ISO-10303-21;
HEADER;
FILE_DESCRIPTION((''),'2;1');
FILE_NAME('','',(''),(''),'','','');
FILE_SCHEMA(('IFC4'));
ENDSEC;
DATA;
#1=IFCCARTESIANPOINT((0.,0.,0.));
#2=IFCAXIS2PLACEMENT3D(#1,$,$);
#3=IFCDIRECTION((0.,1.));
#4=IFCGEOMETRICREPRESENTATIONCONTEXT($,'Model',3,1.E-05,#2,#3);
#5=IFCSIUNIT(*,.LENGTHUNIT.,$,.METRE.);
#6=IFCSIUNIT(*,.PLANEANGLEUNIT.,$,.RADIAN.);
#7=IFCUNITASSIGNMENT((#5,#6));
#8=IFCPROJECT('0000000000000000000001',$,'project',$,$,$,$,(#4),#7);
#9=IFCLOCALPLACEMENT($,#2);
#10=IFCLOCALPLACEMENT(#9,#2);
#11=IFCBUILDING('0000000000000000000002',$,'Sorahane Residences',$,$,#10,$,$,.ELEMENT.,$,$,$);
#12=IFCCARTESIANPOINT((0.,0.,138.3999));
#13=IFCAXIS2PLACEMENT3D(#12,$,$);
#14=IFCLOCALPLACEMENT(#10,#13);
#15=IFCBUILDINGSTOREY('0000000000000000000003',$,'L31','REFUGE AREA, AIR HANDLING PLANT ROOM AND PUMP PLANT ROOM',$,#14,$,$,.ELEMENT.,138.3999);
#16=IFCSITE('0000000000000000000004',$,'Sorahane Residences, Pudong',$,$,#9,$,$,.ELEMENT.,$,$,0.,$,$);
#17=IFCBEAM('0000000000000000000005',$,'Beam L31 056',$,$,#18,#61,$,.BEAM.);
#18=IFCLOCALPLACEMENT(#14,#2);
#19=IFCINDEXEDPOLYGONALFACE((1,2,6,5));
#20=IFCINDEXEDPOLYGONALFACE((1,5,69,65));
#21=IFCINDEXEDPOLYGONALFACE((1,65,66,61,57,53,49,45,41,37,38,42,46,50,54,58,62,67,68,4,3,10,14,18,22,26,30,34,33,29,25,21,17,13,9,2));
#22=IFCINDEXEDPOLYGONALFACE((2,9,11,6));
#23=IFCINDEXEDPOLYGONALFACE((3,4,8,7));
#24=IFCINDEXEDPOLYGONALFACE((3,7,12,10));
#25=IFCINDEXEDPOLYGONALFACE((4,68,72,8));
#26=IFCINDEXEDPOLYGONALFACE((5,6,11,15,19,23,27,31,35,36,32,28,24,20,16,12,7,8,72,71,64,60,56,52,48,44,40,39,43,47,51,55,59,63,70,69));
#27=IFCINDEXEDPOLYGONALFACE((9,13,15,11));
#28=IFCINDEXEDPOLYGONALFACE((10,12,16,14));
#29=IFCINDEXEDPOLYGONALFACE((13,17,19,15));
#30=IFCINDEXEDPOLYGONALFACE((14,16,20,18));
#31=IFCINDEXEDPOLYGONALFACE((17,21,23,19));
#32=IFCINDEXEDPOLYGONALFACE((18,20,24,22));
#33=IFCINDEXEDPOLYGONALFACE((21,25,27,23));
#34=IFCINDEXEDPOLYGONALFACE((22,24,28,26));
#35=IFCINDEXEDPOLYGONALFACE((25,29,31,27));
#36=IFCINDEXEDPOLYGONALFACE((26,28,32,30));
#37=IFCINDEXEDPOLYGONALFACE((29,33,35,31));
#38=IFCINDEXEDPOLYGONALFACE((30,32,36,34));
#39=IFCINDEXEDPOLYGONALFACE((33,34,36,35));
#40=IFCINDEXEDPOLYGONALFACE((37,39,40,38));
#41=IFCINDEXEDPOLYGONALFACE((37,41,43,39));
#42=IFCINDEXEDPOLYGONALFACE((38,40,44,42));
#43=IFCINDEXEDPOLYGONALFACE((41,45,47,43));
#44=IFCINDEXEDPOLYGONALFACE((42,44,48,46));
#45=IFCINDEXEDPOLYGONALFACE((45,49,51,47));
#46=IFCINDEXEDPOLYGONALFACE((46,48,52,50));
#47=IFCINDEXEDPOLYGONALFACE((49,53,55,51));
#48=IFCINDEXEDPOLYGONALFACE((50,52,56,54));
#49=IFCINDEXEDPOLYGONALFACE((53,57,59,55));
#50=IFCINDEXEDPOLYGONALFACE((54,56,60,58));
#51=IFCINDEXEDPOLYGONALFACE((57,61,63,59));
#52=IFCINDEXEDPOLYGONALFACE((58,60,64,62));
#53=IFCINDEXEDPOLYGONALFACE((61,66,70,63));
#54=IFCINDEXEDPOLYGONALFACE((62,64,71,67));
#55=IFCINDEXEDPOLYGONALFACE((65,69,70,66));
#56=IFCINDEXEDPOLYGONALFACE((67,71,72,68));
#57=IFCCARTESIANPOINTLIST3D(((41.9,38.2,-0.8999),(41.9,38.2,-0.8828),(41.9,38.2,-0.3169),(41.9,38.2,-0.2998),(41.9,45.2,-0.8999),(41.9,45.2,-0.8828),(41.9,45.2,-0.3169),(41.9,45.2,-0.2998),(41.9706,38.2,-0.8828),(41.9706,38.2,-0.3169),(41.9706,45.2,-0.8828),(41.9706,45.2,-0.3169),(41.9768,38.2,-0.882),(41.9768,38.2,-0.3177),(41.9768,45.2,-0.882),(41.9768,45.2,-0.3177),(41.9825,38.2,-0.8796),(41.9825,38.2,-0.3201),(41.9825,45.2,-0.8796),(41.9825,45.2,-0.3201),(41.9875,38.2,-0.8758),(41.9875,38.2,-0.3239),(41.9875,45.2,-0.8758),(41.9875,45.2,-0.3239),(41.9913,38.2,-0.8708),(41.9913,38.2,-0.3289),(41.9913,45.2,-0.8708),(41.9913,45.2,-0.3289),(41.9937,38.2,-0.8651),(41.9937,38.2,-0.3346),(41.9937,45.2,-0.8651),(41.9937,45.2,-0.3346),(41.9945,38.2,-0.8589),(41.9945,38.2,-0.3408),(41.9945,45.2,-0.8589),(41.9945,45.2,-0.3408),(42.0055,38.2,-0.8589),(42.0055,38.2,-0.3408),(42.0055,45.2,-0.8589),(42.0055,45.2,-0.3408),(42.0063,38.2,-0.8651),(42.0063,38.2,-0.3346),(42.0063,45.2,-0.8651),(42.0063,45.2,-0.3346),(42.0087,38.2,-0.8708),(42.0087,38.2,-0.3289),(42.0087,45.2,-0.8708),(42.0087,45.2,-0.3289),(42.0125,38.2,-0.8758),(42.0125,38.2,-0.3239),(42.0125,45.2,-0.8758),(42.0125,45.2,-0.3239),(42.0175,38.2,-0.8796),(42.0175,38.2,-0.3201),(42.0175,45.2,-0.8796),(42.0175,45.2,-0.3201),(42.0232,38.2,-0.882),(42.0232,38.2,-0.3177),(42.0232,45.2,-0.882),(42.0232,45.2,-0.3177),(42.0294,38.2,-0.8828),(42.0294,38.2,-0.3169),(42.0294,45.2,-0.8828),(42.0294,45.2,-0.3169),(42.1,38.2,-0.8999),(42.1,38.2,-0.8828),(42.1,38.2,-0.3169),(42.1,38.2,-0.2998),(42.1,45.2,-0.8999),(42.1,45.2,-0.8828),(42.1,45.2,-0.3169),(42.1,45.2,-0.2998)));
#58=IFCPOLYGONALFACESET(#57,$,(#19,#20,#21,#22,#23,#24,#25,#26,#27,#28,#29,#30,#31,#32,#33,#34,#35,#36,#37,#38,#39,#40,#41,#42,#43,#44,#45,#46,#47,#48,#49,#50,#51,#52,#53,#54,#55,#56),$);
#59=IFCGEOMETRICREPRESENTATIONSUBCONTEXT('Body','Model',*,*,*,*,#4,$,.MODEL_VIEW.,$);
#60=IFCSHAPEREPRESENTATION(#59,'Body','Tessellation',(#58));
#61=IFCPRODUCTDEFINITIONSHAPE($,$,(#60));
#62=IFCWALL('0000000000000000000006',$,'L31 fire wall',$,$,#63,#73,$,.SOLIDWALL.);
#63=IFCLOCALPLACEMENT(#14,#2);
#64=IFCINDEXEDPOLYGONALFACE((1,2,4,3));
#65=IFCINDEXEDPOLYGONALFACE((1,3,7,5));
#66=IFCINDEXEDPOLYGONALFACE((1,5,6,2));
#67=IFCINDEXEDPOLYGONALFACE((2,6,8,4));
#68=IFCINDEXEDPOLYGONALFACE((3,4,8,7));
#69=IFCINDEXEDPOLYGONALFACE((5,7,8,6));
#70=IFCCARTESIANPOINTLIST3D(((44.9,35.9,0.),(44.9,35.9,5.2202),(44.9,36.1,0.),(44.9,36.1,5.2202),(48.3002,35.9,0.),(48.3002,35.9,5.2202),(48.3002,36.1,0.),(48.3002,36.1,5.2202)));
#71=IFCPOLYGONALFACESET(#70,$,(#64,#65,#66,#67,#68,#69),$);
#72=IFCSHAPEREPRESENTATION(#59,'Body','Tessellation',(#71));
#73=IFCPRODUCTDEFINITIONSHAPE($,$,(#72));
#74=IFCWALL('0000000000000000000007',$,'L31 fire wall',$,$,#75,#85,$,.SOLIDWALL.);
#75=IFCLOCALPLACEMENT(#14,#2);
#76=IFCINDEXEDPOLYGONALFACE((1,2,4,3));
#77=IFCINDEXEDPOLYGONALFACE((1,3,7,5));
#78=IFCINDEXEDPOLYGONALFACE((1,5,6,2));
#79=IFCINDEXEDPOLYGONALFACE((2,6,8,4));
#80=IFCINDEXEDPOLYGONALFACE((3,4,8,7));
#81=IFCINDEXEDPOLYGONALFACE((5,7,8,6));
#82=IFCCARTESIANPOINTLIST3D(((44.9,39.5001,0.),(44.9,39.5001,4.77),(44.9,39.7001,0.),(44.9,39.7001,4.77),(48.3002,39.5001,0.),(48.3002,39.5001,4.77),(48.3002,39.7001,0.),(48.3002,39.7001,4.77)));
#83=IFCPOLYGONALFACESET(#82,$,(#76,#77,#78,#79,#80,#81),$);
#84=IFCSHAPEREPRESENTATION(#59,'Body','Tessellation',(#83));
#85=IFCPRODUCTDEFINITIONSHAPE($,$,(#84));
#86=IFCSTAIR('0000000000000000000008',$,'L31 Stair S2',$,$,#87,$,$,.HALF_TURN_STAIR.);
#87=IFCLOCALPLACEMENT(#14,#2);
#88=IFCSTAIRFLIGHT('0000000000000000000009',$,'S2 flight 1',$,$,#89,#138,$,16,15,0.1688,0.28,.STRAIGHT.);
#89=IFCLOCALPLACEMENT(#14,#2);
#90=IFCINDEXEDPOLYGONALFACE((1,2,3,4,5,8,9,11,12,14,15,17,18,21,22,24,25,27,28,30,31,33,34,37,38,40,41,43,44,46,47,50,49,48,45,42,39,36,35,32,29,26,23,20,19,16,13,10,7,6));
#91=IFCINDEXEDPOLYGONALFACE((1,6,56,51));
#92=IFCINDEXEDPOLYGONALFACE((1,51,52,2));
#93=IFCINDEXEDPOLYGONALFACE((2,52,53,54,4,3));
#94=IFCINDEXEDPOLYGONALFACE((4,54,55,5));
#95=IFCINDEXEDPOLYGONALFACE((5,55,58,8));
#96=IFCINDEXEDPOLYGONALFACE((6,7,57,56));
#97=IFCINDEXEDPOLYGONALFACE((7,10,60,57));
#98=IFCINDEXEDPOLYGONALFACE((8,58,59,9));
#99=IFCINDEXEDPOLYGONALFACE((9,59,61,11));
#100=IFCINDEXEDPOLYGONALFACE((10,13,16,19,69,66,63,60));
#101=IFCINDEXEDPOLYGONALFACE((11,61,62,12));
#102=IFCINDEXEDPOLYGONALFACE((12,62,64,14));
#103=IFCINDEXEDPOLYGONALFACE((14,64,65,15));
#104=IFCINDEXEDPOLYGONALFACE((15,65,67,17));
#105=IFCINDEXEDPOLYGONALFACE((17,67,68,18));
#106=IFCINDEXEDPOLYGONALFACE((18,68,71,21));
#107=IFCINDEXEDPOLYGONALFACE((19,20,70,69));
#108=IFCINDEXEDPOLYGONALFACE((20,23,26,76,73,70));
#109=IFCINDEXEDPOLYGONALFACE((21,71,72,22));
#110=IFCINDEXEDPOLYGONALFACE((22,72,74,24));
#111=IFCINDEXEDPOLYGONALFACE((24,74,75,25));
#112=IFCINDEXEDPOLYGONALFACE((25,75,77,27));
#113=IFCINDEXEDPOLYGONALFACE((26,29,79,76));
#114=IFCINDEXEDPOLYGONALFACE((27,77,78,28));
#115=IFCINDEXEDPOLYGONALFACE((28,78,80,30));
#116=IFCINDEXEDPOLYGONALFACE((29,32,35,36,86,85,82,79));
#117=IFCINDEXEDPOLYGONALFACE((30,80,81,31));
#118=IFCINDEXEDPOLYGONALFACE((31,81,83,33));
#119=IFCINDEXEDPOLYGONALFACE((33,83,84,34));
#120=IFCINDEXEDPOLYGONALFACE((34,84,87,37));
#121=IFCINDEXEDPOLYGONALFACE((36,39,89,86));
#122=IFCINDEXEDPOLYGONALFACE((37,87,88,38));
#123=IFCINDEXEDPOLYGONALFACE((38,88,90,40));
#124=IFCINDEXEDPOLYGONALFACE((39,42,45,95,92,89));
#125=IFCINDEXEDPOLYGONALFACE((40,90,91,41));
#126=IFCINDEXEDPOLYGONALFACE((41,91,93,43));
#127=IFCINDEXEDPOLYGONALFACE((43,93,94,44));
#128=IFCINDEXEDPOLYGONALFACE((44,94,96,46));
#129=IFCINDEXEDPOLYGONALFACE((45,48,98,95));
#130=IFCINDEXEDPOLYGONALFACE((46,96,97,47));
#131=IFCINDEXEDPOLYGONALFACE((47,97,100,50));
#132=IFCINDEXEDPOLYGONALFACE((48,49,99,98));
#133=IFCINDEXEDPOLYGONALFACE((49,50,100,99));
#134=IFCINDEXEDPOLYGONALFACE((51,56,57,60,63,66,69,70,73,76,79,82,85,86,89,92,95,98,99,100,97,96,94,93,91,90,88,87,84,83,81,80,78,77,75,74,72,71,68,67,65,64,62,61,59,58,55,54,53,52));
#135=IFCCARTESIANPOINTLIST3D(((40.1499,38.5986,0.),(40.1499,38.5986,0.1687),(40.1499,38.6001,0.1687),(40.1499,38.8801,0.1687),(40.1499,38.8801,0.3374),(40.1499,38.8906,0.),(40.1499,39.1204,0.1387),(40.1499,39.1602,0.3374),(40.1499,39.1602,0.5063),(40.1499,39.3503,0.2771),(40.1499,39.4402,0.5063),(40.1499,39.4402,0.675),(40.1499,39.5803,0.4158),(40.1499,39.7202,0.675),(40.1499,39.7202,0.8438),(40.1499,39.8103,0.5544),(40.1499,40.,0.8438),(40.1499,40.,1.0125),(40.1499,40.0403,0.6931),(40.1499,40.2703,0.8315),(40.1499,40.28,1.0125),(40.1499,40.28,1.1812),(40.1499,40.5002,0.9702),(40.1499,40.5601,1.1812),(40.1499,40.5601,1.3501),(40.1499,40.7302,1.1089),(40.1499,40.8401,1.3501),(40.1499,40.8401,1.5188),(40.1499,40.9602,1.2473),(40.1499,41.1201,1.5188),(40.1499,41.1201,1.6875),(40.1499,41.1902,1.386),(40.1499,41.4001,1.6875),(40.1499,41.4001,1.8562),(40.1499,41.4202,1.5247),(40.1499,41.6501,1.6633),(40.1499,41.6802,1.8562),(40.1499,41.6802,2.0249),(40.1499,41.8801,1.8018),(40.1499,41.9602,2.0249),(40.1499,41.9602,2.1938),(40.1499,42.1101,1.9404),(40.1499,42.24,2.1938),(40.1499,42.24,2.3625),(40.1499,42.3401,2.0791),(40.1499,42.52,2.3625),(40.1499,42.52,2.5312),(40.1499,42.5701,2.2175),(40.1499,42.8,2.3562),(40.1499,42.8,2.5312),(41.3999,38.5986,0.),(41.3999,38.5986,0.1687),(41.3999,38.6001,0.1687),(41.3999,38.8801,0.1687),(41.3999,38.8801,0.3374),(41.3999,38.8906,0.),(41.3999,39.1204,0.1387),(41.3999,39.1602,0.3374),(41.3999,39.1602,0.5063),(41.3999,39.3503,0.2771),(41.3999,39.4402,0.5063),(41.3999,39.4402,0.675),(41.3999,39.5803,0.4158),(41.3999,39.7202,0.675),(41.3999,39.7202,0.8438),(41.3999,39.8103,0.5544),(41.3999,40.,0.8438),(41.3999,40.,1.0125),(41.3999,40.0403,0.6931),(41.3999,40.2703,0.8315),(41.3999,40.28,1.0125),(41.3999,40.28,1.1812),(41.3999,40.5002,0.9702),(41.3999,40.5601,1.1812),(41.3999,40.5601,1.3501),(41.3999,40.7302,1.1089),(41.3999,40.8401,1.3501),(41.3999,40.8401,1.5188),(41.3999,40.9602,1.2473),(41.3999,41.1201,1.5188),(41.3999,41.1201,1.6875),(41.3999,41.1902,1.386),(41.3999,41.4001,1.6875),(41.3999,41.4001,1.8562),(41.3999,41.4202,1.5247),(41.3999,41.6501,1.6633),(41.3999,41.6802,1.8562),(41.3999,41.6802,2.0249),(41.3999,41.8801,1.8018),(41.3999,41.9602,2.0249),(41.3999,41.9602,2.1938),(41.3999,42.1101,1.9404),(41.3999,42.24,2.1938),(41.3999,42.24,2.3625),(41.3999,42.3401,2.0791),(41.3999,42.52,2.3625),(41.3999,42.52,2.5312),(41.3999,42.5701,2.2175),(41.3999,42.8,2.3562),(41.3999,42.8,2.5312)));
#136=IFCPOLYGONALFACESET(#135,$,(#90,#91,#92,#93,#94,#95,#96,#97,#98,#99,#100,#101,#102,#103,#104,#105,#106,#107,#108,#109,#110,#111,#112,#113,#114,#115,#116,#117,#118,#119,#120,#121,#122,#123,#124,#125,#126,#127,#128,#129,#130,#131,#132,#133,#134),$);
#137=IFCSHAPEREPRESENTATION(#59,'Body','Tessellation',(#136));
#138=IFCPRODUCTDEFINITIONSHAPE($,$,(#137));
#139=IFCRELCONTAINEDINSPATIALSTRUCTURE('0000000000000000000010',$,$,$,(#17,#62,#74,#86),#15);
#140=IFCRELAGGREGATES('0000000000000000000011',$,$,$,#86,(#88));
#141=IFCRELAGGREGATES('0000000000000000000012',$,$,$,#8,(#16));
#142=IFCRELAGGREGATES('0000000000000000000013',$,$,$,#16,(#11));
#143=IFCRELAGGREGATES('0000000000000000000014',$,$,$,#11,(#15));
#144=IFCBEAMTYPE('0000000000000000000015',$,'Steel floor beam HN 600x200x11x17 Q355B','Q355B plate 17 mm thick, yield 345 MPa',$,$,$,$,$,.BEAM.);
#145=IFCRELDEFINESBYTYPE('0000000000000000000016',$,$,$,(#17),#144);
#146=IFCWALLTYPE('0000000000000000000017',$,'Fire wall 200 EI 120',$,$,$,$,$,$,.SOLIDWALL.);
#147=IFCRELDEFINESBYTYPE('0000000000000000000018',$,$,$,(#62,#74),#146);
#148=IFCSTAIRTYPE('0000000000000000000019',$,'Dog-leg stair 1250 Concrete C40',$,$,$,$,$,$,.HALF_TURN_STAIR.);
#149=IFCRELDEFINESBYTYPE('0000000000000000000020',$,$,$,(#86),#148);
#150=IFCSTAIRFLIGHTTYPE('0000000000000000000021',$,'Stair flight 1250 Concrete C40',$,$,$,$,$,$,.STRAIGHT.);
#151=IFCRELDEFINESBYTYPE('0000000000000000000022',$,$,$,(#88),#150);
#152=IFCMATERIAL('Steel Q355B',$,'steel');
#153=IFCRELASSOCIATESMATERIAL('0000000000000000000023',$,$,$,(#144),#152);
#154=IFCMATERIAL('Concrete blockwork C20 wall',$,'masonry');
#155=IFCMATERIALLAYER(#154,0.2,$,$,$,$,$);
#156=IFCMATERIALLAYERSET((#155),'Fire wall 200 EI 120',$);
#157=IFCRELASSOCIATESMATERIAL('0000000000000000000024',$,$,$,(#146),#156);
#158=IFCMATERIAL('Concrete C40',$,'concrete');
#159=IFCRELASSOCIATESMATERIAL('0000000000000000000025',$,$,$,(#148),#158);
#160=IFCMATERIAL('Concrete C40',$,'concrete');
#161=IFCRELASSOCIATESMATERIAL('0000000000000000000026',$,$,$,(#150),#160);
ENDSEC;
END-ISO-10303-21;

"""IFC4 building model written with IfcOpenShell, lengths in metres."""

from ifc_helpers import new_model, si_unit, direction, frame, frame_2d, origin, origin_2d, place, context, subcontext, project, spatial, polyline, rectangle, i_section, outline, extrude, material, layer, layer_set, material_profile, profile_set, type_object, element, aggregate, save


model = new_model("IFC4")

# Units and contexts
model_context = context("Model", 3, precision=1e-05, world=origin(), true_north=direction((0.0, 1.0)))
body_context = subcontext(model_context, "Body", "Model", "MODEL_VIEW")
ifc_project = project(units=[si_unit("LENGTHUNIT", "METRE"), si_unit("PLANEANGLEUNIT", "RADIAN")], contexts=[model_context])

# Site, building, storey
site_placement = place(None, origin())
site = spatial("IfcSite", under=ifc_project, at=site_placement, Name="Sorahane Residences, Pudong", CompositionType="ELEMENT", RefElevation=0.0)
building_placement = place(site_placement, origin())
building = spatial("IfcBuilding", under=site, at=building_placement, Name="Sorahane Residences", CompositionType="ELEMENT")
storey_placement = place(building_placement, frame((0.0, 0.0, 138.3999)))
storey = spatial("IfcBuildingStorey", under=building, at=storey_placement, Name="L31", Description="REFUGE AREA, AIR HANDLING PLANT ROOM AND PUMP PLANT ROOM", CompositionType="ELEMENT", Elevation=138.3999)

# Beam
ifc_material_1 = material(Name="Steel Q355B", Category="steel")
ifc_material_profile_1 = material_profile(ifc_material_1, i_section(OverallWidth=0.2, OverallDepth=0.6001, WebThickness=0.011, FlangeThickness=0.0171, FilletRadius=0.0239, at=origin_2d()), Name="HN 600x200x11x17")
ifc_profile_set_1 = profile_set([ifc_material_profile_1], Name="Steel Q355B")
beam_type_1 = type_object("IfcBeamType", Name="Steel floor beam HN 600x200x11x17 Q355B", Description="Q355B plate 17 mm thick, yield 345 MPa", PredefinedType="BEAM", material=ifc_profile_set_1)
for number, where, z_axis, x_axis, name in (
    (1, (42.0, 38.2, -0.5999), (0.0, 1.0, 0.0), (-1.0, 0.0, 0.0), "Beam L31 056"),
):
    element("IfcBeam", number, at=place(storey_placement, frame(where, z_axis=z_axis, x_axis=x_axis)), inside=storey, type_object=beam_type_1, Name=name, PredefinedType="BEAM", context=body_context, shape_type="SweptSolid", body=[
        extrude(i_section(OverallWidth=0.2, OverallDepth=0.6001, WebThickness=0.011, FlangeThickness=0.0171, FilletRadius=0.0239, at=origin_2d()), origin(), (0.0, 0.0, 1.0), 7.0),
    ])

# Walls
ifc_material_2 = material(Name="Concrete blockwork C20 wall", Category="masonry")
ifc_layer_1 = layer(ifc_material_2, 0.2)
ifc_layer_set_1 = layer_set([ifc_layer_1], Name="Fire wall 200 EI 120")
wall_type = type_object("IfcWallType", Name="Fire wall 200 EI 120", PredefinedType="SOLIDWALL", material=ifc_layer_set_1)
wall_1_placement = place(storey_placement, frame((44.8999, 36.0, 0.0), z_axis=(0.0, 0.0, 1.0), x_axis=(1.0, 0.0, 0.0)))
element("IfcWall", 2, at=wall_1_placement, inside=storey, type_object=wall_type, Name="L31 fire wall", PredefinedType="SOLIDWALL", context=body_context, shape_type="SweptSolid", body=[
    extrude(rectangle(XDim=3.4001, YDim=0.2, at=frame_2d((1.7002, 0.0))), origin(), (0.0, 0.0, 1.0), 5.2202),
])
wall_2_placement = place(storey_placement, frame((44.8999, 39.6001, 0.0), z_axis=(0.0, 0.0, 1.0), x_axis=(1.0, 0.0, 0.0)))
element("IfcWall", 3, at=wall_2_placement, inside=storey, type_object=wall_type, Name="L31 fire wall", PredefinedType="SOLIDWALL", context=body_context, shape_type="SweptSolid", body=[
    extrude(rectangle(XDim=3.4001, YDim=0.2, at=frame_2d((1.7002, 0.0))), origin(), (0.0, 0.0, 1.0), 4.77),
])

# Stair, stair flight
ifc_material_3 = material(Name="Concrete C40", Category="concrete")
stair_type = type_object("IfcStairType", Name="Dog-leg stair 1250 Concrete C40", PredefinedType="HALF_TURN_STAIR", material=ifc_material_3)
stair_placement = place(storey_placement, origin())
stair = element("IfcStair", 4, at=stair_placement, inside=storey, type_object=stair_type, Name="L31 Stair S2", PredefinedType="HALF_TURN_STAIR")
ifc_material_4 = material(Name="Concrete C40", Category="concrete")
stair_flight_type = type_object("IfcStairFlightType", Name="Stair flight 1250 Concrete C40", PredefinedType="STRAIGHT", material=ifc_material_4)
stair_flight_placement = place(storey_placement, frame((40.7749, 38.6001, 0.0), z_axis=(0.0, 0.0, 1.0), x_axis=(0.0, 1.0, 0.0)))
stair_flight = element("IfcStairFlight", 5, at=stair_flight_placement, type_object=stair_flight_type, Name="S2 flight 1", NumberOfRisers=16, NumberOfTreads=15, PredefinedType="STRAIGHT", RiserHeight=0.1688, TreadLength=0.28, context=body_context, shape_type="SweptSolid", body=[
    extrude(outline(polyline([(-0.0015, 0.0), (-0.0015, 0.1687), (0.0, 0.1687), (0.28, 0.1687), (0.28, 0.3374), (0.5601, 0.3374), (0.5601, 0.5063), (0.8401, 0.5063), (0.8401, 0.675), (1.1201, 0.675), (1.1201, 0.8438), (1.3999, 0.8438), (1.3999, 1.0125), (1.6799, 1.0125), (1.6799, 1.1812), (1.96, 1.1812), (1.96, 1.3501), (2.24, 1.3501), (2.24, 1.5188), (2.52, 1.5188), (2.52, 1.6875), (2.8, 1.6875), (2.8, 1.8562), (3.0801, 1.8562), (3.0801, 2.0249), (3.3601, 2.0249), (3.3601, 2.1938), (3.6399, 2.1938), (3.6399, 2.3625), (3.9199, 2.3625), (3.9199, 2.5312), (4.2, 2.5312), (4.2, 2.7), (4.2, 2.3562), (3.97, 2.2175), (3.74, 2.0791), (3.51, 1.9404), (3.28, 1.8018), (3.05, 1.6633), (2.8201, 1.5247), (2.5901, 1.386), (2.3601, 1.2473), (2.1301, 1.1089), (1.9001, 0.9702), (1.6702, 0.8315), (1.4402, 0.6931), (1.2102, 0.5544), (0.9802, 0.4158), (0.7502, 0.2771), (0.5203, 0.1387), (0.2905, 0.0), (-0.0015, 0.0)])), frame((0.0, 0.625, 0.0), z_axis=(0.0, -1.0, 0.0), x_axis=(1.0, 0.0, 0.0)), (0.0, 0.0, 1.0), 1.25),
])
aggregate(stair, [stair_flight])

save(model, "model.ifc")
